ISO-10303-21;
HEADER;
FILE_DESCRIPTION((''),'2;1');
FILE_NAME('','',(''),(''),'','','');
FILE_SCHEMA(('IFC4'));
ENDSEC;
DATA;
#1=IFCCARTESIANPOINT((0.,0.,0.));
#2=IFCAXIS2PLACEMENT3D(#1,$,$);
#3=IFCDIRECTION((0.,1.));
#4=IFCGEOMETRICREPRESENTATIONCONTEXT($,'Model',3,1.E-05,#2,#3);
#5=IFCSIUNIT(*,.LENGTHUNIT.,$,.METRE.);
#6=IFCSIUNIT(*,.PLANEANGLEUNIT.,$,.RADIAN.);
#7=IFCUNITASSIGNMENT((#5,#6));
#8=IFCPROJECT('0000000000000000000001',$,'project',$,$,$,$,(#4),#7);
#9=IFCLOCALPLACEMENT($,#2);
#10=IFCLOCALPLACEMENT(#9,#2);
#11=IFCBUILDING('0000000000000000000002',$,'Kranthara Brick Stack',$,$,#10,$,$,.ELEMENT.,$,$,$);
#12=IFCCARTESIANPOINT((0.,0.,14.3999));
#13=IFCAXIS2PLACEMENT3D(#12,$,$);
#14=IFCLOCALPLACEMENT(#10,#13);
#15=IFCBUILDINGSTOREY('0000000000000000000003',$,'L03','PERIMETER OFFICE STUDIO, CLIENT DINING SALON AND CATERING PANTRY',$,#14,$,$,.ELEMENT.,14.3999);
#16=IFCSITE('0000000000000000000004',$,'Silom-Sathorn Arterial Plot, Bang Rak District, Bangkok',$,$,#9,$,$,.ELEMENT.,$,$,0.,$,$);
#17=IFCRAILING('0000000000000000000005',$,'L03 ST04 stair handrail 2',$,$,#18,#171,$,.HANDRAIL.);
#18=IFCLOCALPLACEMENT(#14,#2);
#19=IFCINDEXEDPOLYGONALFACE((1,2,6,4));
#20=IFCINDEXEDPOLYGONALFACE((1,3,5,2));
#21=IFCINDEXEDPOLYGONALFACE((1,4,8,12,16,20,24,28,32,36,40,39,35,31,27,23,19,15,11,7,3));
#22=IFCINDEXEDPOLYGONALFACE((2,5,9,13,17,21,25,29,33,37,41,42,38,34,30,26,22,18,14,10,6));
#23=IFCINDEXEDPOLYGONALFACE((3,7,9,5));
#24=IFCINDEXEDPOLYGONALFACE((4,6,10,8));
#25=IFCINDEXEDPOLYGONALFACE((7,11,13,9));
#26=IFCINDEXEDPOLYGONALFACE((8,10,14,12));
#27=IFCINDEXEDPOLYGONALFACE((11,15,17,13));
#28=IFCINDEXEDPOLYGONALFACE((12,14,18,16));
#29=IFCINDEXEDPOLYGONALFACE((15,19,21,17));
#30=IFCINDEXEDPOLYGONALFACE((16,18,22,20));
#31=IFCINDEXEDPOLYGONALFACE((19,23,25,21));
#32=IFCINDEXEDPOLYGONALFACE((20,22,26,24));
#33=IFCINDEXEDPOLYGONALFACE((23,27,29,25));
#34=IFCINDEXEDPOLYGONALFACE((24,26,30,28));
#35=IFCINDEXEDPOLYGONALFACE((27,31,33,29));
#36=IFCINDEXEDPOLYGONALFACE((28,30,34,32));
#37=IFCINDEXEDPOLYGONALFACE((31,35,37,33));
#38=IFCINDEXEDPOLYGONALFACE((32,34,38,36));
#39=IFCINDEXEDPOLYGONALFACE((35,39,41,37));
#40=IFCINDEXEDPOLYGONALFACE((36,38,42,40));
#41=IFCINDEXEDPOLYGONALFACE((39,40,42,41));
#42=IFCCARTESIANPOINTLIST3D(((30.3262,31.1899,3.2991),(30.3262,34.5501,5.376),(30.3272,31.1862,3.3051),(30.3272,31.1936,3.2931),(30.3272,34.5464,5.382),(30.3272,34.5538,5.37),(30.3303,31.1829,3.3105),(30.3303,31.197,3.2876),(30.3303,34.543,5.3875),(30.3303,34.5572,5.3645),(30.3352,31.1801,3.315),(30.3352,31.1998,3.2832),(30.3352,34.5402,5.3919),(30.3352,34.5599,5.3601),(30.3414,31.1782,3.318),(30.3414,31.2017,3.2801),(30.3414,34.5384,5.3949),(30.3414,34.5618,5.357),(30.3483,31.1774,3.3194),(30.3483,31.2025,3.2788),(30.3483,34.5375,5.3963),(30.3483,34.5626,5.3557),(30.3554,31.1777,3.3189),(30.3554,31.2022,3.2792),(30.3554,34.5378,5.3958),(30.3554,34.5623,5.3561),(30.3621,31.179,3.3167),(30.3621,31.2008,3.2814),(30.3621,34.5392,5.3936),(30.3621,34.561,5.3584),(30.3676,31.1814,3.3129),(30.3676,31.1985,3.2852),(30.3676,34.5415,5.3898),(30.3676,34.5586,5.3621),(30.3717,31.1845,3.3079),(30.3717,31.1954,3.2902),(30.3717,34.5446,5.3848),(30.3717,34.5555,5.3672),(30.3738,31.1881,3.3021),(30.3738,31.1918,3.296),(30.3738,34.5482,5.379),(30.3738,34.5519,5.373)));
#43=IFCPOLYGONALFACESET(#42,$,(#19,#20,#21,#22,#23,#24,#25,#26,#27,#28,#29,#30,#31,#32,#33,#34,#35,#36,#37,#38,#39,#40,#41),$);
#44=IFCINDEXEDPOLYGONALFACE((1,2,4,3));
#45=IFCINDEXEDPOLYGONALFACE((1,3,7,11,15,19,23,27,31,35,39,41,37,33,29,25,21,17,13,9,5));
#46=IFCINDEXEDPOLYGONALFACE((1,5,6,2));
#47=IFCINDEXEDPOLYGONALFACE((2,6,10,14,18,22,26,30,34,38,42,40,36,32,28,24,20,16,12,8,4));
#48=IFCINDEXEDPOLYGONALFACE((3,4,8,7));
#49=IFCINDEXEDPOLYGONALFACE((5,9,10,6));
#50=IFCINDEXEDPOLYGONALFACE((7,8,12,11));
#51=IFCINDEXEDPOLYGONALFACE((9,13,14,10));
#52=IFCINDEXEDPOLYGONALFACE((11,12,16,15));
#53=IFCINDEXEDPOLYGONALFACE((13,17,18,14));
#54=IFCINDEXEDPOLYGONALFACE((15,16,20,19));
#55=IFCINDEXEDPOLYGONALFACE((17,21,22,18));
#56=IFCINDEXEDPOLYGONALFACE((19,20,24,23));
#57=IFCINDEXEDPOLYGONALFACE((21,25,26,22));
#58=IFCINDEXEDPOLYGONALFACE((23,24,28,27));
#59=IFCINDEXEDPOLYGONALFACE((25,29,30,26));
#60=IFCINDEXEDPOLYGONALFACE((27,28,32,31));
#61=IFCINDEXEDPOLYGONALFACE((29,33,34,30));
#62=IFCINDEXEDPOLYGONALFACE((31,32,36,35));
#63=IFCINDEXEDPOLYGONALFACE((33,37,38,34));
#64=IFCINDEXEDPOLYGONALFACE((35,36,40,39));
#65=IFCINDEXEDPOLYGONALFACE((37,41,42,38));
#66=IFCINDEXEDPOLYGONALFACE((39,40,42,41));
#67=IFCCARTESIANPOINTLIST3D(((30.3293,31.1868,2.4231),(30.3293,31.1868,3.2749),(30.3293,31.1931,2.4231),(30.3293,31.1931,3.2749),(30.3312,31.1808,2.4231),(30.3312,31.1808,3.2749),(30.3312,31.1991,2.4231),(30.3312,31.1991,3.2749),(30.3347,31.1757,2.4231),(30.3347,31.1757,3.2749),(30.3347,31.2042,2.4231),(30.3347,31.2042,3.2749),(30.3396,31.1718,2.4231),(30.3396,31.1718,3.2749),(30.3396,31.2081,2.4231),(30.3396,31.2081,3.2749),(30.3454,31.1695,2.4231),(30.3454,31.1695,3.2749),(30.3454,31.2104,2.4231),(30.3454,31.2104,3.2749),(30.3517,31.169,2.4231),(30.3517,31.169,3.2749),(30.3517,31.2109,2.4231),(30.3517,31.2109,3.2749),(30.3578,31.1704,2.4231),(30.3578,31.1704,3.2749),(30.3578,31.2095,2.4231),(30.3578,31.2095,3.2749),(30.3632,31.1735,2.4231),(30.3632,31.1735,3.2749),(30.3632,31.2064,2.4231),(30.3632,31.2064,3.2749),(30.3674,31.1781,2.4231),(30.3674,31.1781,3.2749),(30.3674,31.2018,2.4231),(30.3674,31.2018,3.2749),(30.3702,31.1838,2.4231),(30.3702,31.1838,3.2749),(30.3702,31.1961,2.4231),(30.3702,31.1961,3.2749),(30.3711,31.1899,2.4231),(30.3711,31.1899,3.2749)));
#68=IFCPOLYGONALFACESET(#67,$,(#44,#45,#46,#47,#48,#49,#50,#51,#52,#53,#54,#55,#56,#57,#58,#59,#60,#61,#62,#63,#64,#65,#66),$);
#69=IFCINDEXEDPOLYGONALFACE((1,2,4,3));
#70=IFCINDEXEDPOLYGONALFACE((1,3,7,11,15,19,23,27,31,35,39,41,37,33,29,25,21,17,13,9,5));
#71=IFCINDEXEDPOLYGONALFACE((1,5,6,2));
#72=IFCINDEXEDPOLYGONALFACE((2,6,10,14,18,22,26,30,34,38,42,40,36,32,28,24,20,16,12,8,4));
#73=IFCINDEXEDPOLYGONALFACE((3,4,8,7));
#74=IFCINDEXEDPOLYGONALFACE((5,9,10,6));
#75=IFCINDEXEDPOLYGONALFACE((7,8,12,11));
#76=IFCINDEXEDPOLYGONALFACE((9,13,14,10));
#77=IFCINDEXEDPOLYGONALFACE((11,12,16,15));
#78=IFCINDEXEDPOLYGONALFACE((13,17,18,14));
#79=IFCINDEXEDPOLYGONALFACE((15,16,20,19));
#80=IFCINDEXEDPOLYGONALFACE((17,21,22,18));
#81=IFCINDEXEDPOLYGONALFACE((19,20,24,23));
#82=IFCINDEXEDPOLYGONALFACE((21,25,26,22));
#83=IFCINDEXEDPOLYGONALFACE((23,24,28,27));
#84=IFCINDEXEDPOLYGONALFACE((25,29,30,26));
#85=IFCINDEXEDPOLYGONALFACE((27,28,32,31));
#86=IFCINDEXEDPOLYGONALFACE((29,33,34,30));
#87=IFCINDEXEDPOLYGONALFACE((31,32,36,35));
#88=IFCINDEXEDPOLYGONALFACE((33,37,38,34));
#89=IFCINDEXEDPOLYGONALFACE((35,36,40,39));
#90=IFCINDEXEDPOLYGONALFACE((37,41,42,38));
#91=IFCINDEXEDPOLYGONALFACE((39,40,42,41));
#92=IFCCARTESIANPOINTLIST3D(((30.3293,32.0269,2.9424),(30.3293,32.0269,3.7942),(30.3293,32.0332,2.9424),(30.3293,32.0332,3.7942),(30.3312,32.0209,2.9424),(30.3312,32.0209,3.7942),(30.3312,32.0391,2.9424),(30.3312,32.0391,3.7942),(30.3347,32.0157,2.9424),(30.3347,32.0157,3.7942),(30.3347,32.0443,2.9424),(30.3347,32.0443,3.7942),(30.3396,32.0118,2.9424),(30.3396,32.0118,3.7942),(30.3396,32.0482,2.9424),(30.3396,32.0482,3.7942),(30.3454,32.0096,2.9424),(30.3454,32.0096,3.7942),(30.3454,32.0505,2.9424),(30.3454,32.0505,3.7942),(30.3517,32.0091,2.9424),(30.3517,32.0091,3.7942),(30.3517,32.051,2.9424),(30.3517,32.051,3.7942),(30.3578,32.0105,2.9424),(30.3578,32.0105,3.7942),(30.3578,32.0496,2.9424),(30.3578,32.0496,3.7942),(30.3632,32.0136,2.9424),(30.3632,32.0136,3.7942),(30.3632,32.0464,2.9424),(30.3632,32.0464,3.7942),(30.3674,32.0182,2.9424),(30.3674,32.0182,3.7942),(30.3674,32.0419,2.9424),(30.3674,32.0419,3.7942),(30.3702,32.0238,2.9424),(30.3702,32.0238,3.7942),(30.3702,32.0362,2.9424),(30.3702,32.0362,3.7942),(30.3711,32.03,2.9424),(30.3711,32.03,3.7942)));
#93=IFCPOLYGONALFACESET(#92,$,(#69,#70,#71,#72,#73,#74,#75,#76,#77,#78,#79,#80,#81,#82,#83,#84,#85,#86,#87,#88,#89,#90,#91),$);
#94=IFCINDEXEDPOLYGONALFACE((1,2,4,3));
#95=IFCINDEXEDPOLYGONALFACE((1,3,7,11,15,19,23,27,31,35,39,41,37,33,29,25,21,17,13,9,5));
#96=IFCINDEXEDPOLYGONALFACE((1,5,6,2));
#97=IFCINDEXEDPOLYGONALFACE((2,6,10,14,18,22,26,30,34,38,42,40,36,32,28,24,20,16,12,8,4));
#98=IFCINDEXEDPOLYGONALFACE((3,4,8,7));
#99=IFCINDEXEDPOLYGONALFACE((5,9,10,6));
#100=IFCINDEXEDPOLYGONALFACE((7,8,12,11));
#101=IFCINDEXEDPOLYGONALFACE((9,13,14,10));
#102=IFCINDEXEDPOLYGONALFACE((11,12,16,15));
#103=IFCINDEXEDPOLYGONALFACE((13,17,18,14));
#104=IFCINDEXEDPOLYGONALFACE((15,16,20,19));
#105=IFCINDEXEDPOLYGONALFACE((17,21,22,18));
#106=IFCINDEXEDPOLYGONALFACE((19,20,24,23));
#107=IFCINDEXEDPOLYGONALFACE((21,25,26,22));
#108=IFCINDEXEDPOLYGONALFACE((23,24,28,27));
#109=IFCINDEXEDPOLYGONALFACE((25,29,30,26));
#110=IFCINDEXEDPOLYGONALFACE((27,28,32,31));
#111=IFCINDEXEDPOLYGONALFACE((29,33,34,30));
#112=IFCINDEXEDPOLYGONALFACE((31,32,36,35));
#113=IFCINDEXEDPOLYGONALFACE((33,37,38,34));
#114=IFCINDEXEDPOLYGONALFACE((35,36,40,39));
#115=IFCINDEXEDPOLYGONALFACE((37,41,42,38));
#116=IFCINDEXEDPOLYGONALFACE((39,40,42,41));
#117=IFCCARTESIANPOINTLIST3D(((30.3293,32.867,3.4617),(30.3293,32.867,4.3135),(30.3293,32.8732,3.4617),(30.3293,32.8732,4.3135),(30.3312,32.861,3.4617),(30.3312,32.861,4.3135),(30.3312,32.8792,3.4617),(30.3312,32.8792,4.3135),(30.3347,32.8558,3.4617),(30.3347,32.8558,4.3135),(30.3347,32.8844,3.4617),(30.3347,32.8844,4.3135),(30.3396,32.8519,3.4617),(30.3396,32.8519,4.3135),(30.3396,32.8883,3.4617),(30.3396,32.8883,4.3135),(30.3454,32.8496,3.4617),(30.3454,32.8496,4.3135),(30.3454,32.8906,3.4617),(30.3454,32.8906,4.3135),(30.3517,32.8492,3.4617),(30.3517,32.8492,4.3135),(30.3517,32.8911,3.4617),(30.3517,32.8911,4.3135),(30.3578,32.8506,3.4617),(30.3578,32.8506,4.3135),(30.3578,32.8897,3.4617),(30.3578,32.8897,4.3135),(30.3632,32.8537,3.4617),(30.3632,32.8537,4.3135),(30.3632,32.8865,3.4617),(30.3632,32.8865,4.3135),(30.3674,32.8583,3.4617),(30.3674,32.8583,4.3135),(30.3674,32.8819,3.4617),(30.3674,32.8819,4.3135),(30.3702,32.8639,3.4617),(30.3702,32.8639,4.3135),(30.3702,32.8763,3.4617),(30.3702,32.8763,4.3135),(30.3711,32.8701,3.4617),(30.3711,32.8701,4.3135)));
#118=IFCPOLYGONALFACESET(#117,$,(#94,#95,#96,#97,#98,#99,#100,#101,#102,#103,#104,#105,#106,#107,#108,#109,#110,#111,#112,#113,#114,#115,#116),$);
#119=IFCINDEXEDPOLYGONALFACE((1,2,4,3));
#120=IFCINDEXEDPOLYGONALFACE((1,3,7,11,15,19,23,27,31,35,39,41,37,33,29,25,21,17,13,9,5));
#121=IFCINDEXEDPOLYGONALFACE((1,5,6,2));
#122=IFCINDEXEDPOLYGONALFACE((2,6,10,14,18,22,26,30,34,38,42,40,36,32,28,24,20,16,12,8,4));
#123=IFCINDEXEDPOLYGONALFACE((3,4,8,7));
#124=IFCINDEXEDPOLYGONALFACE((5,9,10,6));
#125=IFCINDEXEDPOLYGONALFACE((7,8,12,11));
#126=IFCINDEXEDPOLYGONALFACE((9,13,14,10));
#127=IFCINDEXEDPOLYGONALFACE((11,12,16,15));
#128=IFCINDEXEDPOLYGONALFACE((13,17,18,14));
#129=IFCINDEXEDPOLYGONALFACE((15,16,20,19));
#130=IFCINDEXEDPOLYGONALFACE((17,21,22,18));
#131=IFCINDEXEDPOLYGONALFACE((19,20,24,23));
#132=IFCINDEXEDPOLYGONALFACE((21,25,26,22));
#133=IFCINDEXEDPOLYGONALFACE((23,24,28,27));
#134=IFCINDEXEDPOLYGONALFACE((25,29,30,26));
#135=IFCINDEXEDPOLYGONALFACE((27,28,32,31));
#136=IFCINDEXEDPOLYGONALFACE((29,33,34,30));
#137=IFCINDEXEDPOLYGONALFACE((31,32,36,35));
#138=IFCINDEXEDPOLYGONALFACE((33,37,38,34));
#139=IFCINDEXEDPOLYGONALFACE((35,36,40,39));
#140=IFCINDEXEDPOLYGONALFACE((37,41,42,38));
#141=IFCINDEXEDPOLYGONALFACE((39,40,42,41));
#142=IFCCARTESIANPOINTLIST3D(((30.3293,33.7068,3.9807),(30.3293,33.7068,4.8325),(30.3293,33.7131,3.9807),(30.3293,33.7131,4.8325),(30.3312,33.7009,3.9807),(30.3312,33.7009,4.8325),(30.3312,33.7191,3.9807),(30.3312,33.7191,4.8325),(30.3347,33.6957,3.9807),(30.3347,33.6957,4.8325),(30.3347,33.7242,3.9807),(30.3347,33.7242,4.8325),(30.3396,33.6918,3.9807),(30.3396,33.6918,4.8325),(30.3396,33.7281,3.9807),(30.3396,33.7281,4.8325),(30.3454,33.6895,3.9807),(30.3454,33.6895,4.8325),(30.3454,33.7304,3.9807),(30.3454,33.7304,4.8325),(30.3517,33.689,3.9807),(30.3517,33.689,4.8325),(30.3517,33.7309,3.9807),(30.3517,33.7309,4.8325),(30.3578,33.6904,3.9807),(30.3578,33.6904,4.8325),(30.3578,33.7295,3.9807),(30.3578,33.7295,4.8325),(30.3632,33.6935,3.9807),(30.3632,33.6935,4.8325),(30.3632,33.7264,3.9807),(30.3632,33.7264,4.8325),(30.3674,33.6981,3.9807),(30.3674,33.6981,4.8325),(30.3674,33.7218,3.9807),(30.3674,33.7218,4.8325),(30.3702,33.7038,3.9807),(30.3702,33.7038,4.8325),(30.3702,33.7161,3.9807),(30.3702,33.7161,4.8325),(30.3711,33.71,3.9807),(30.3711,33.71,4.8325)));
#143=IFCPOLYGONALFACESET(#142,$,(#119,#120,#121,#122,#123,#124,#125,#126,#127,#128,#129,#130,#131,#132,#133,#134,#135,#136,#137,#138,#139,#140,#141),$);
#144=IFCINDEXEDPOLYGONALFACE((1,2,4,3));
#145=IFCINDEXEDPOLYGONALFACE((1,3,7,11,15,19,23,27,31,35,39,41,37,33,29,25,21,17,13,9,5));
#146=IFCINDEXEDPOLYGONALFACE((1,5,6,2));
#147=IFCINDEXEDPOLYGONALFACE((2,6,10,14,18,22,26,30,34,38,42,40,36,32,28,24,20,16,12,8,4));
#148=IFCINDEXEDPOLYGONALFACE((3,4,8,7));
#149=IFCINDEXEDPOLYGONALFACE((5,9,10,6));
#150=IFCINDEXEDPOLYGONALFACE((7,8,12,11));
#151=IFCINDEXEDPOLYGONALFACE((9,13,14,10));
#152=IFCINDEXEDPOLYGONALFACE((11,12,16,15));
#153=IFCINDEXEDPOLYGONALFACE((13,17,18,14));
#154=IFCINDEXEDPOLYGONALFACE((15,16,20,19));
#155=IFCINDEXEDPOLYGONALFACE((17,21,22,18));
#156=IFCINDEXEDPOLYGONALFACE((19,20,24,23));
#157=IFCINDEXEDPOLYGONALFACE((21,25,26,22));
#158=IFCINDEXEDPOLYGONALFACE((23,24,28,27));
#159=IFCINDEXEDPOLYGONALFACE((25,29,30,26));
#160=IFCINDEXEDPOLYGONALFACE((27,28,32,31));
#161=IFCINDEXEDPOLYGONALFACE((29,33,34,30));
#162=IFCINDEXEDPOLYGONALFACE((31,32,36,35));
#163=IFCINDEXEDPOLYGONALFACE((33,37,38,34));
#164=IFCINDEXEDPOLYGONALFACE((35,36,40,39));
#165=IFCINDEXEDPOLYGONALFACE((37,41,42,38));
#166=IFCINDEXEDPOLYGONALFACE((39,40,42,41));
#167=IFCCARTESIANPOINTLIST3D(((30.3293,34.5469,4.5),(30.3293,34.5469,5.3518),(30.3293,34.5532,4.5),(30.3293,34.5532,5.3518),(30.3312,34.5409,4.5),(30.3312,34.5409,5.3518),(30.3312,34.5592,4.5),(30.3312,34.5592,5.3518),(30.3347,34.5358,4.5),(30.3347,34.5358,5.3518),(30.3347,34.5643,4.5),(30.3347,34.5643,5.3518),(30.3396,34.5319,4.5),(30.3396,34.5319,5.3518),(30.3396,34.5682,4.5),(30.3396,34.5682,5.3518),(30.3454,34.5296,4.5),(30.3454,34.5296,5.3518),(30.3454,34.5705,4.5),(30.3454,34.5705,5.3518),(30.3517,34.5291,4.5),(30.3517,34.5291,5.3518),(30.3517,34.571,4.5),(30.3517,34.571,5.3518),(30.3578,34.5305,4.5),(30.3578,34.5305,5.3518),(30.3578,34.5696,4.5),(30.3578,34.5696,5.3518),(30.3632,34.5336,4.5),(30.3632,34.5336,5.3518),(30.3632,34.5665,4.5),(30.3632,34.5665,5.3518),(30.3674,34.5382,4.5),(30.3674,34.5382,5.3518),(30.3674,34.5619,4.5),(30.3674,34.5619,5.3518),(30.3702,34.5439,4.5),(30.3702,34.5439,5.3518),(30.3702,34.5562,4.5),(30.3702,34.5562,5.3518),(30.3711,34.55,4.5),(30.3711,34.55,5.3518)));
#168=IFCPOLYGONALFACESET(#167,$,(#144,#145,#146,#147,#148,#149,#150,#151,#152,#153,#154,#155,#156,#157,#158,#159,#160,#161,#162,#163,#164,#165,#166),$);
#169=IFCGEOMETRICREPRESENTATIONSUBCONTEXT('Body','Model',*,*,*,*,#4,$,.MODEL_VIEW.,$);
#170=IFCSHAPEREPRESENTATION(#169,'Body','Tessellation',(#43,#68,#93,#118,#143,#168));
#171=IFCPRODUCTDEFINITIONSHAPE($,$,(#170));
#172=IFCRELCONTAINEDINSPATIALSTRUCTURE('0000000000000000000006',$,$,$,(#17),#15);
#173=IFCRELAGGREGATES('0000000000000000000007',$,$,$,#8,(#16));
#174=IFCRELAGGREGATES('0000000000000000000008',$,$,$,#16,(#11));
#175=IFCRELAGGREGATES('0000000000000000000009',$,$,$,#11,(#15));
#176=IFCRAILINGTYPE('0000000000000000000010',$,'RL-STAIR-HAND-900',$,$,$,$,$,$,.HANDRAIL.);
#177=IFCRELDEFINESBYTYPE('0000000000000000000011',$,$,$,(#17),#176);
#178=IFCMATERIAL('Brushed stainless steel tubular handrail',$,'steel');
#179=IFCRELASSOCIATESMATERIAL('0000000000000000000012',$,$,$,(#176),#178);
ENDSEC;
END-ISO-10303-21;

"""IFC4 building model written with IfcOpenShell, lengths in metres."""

from ifc_helpers import new_model, si_unit, direction, frame, origin, origin_2d, place, context, subcontext, project, spatial, circle, extrude, material, type_object, element, save


model = new_model("IFC4")

# Units and contexts
model_context = context("Model", 3, precision=1e-05, world=origin(), true_north=direction((0.0, 1.0)))
body_context = subcontext(model_context, "Body", "Model", "MODEL_VIEW")
ifc_project = project(units=[si_unit("LENGTHUNIT", "METRE"), si_unit("PLANEANGLEUNIT", "RADIAN")], contexts=[model_context])

# Site, building, storey
site_placement = place(None, origin())
site = spatial("IfcSite", under=ifc_project, at=site_placement, Name="Silom-Sathorn Arterial Plot, Bang Rak District, Bangkok", CompositionType="ELEMENT", RefElevation=0.0)
building_placement = place(site_placement, origin())
building = spatial("IfcBuilding", under=site, at=building_placement, Name="Kranthara Brick Stack", CompositionType="ELEMENT")
storey_placement = place(building_placement, frame((0.0, 0.0, 14.3999)))
storey = spatial("IfcBuildingStorey", under=building, at=storey_placement, Name="L03", Description="PERIMETER OFFICE STUDIO, CLIENT DINING SALON AND CATERING PANTRY", CompositionType="ELEMENT", Elevation=14.3999)

# Railing
ifc_material_1 = material(Name="Brushed stainless steel tubular handrail", Category="steel")
railing_type_1 = type_object("IfcRailingType", Name="RL-STAIR-HAND-900", PredefinedType="HANDRAIL", material=ifc_material_1)
railing_1_placement = place(storey_placement, frame((30.3501, 31.1899, 2.4231)))
element("IfcRailing", 1, at=railing_1_placement, inside=storey, type_object=railing_type_1, Name="L03 ST04 stair handrail 2", PredefinedType="HANDRAIL", context=body_context, shape_type="SweptSolid", body=[
    extrude(circle(Radius=0.0239, at=origin_2d()), frame((0.0, 0.0, 0.876), z_axis=(0.0, 0.850623, 0.525776), x_axis=(-1.0, 0.0, 0.0)), (0.0, 0.0, 1.0), 3.9502),
    extrude(circle(Radius=0.021, at=origin_2d()), origin(), (0.0, 0.0, 1.0), 0.8518),
    extrude(circle(Radius=0.021, at=origin_2d()), frame((0.0, 0.8401, 0.5193)), (0.0, 0.0, 1.0), 0.8518),
    extrude(circle(Radius=0.021, at=origin_2d()), frame((0.0, 1.6802, 1.0386)), (0.0, 0.0, 1.0), 0.8518),
    extrude(circle(Radius=0.021, at=origin_2d()), frame((0.0, 2.52, 1.5576)), (0.0, 0.0, 1.0), 0.8518),
    extrude(circle(Radius=0.021, at=origin_2d()), frame((0.0, 3.3601, 2.0769)), (0.0, 0.0, 1.0), 0.8518),
])

save(model, "model.ifc")
